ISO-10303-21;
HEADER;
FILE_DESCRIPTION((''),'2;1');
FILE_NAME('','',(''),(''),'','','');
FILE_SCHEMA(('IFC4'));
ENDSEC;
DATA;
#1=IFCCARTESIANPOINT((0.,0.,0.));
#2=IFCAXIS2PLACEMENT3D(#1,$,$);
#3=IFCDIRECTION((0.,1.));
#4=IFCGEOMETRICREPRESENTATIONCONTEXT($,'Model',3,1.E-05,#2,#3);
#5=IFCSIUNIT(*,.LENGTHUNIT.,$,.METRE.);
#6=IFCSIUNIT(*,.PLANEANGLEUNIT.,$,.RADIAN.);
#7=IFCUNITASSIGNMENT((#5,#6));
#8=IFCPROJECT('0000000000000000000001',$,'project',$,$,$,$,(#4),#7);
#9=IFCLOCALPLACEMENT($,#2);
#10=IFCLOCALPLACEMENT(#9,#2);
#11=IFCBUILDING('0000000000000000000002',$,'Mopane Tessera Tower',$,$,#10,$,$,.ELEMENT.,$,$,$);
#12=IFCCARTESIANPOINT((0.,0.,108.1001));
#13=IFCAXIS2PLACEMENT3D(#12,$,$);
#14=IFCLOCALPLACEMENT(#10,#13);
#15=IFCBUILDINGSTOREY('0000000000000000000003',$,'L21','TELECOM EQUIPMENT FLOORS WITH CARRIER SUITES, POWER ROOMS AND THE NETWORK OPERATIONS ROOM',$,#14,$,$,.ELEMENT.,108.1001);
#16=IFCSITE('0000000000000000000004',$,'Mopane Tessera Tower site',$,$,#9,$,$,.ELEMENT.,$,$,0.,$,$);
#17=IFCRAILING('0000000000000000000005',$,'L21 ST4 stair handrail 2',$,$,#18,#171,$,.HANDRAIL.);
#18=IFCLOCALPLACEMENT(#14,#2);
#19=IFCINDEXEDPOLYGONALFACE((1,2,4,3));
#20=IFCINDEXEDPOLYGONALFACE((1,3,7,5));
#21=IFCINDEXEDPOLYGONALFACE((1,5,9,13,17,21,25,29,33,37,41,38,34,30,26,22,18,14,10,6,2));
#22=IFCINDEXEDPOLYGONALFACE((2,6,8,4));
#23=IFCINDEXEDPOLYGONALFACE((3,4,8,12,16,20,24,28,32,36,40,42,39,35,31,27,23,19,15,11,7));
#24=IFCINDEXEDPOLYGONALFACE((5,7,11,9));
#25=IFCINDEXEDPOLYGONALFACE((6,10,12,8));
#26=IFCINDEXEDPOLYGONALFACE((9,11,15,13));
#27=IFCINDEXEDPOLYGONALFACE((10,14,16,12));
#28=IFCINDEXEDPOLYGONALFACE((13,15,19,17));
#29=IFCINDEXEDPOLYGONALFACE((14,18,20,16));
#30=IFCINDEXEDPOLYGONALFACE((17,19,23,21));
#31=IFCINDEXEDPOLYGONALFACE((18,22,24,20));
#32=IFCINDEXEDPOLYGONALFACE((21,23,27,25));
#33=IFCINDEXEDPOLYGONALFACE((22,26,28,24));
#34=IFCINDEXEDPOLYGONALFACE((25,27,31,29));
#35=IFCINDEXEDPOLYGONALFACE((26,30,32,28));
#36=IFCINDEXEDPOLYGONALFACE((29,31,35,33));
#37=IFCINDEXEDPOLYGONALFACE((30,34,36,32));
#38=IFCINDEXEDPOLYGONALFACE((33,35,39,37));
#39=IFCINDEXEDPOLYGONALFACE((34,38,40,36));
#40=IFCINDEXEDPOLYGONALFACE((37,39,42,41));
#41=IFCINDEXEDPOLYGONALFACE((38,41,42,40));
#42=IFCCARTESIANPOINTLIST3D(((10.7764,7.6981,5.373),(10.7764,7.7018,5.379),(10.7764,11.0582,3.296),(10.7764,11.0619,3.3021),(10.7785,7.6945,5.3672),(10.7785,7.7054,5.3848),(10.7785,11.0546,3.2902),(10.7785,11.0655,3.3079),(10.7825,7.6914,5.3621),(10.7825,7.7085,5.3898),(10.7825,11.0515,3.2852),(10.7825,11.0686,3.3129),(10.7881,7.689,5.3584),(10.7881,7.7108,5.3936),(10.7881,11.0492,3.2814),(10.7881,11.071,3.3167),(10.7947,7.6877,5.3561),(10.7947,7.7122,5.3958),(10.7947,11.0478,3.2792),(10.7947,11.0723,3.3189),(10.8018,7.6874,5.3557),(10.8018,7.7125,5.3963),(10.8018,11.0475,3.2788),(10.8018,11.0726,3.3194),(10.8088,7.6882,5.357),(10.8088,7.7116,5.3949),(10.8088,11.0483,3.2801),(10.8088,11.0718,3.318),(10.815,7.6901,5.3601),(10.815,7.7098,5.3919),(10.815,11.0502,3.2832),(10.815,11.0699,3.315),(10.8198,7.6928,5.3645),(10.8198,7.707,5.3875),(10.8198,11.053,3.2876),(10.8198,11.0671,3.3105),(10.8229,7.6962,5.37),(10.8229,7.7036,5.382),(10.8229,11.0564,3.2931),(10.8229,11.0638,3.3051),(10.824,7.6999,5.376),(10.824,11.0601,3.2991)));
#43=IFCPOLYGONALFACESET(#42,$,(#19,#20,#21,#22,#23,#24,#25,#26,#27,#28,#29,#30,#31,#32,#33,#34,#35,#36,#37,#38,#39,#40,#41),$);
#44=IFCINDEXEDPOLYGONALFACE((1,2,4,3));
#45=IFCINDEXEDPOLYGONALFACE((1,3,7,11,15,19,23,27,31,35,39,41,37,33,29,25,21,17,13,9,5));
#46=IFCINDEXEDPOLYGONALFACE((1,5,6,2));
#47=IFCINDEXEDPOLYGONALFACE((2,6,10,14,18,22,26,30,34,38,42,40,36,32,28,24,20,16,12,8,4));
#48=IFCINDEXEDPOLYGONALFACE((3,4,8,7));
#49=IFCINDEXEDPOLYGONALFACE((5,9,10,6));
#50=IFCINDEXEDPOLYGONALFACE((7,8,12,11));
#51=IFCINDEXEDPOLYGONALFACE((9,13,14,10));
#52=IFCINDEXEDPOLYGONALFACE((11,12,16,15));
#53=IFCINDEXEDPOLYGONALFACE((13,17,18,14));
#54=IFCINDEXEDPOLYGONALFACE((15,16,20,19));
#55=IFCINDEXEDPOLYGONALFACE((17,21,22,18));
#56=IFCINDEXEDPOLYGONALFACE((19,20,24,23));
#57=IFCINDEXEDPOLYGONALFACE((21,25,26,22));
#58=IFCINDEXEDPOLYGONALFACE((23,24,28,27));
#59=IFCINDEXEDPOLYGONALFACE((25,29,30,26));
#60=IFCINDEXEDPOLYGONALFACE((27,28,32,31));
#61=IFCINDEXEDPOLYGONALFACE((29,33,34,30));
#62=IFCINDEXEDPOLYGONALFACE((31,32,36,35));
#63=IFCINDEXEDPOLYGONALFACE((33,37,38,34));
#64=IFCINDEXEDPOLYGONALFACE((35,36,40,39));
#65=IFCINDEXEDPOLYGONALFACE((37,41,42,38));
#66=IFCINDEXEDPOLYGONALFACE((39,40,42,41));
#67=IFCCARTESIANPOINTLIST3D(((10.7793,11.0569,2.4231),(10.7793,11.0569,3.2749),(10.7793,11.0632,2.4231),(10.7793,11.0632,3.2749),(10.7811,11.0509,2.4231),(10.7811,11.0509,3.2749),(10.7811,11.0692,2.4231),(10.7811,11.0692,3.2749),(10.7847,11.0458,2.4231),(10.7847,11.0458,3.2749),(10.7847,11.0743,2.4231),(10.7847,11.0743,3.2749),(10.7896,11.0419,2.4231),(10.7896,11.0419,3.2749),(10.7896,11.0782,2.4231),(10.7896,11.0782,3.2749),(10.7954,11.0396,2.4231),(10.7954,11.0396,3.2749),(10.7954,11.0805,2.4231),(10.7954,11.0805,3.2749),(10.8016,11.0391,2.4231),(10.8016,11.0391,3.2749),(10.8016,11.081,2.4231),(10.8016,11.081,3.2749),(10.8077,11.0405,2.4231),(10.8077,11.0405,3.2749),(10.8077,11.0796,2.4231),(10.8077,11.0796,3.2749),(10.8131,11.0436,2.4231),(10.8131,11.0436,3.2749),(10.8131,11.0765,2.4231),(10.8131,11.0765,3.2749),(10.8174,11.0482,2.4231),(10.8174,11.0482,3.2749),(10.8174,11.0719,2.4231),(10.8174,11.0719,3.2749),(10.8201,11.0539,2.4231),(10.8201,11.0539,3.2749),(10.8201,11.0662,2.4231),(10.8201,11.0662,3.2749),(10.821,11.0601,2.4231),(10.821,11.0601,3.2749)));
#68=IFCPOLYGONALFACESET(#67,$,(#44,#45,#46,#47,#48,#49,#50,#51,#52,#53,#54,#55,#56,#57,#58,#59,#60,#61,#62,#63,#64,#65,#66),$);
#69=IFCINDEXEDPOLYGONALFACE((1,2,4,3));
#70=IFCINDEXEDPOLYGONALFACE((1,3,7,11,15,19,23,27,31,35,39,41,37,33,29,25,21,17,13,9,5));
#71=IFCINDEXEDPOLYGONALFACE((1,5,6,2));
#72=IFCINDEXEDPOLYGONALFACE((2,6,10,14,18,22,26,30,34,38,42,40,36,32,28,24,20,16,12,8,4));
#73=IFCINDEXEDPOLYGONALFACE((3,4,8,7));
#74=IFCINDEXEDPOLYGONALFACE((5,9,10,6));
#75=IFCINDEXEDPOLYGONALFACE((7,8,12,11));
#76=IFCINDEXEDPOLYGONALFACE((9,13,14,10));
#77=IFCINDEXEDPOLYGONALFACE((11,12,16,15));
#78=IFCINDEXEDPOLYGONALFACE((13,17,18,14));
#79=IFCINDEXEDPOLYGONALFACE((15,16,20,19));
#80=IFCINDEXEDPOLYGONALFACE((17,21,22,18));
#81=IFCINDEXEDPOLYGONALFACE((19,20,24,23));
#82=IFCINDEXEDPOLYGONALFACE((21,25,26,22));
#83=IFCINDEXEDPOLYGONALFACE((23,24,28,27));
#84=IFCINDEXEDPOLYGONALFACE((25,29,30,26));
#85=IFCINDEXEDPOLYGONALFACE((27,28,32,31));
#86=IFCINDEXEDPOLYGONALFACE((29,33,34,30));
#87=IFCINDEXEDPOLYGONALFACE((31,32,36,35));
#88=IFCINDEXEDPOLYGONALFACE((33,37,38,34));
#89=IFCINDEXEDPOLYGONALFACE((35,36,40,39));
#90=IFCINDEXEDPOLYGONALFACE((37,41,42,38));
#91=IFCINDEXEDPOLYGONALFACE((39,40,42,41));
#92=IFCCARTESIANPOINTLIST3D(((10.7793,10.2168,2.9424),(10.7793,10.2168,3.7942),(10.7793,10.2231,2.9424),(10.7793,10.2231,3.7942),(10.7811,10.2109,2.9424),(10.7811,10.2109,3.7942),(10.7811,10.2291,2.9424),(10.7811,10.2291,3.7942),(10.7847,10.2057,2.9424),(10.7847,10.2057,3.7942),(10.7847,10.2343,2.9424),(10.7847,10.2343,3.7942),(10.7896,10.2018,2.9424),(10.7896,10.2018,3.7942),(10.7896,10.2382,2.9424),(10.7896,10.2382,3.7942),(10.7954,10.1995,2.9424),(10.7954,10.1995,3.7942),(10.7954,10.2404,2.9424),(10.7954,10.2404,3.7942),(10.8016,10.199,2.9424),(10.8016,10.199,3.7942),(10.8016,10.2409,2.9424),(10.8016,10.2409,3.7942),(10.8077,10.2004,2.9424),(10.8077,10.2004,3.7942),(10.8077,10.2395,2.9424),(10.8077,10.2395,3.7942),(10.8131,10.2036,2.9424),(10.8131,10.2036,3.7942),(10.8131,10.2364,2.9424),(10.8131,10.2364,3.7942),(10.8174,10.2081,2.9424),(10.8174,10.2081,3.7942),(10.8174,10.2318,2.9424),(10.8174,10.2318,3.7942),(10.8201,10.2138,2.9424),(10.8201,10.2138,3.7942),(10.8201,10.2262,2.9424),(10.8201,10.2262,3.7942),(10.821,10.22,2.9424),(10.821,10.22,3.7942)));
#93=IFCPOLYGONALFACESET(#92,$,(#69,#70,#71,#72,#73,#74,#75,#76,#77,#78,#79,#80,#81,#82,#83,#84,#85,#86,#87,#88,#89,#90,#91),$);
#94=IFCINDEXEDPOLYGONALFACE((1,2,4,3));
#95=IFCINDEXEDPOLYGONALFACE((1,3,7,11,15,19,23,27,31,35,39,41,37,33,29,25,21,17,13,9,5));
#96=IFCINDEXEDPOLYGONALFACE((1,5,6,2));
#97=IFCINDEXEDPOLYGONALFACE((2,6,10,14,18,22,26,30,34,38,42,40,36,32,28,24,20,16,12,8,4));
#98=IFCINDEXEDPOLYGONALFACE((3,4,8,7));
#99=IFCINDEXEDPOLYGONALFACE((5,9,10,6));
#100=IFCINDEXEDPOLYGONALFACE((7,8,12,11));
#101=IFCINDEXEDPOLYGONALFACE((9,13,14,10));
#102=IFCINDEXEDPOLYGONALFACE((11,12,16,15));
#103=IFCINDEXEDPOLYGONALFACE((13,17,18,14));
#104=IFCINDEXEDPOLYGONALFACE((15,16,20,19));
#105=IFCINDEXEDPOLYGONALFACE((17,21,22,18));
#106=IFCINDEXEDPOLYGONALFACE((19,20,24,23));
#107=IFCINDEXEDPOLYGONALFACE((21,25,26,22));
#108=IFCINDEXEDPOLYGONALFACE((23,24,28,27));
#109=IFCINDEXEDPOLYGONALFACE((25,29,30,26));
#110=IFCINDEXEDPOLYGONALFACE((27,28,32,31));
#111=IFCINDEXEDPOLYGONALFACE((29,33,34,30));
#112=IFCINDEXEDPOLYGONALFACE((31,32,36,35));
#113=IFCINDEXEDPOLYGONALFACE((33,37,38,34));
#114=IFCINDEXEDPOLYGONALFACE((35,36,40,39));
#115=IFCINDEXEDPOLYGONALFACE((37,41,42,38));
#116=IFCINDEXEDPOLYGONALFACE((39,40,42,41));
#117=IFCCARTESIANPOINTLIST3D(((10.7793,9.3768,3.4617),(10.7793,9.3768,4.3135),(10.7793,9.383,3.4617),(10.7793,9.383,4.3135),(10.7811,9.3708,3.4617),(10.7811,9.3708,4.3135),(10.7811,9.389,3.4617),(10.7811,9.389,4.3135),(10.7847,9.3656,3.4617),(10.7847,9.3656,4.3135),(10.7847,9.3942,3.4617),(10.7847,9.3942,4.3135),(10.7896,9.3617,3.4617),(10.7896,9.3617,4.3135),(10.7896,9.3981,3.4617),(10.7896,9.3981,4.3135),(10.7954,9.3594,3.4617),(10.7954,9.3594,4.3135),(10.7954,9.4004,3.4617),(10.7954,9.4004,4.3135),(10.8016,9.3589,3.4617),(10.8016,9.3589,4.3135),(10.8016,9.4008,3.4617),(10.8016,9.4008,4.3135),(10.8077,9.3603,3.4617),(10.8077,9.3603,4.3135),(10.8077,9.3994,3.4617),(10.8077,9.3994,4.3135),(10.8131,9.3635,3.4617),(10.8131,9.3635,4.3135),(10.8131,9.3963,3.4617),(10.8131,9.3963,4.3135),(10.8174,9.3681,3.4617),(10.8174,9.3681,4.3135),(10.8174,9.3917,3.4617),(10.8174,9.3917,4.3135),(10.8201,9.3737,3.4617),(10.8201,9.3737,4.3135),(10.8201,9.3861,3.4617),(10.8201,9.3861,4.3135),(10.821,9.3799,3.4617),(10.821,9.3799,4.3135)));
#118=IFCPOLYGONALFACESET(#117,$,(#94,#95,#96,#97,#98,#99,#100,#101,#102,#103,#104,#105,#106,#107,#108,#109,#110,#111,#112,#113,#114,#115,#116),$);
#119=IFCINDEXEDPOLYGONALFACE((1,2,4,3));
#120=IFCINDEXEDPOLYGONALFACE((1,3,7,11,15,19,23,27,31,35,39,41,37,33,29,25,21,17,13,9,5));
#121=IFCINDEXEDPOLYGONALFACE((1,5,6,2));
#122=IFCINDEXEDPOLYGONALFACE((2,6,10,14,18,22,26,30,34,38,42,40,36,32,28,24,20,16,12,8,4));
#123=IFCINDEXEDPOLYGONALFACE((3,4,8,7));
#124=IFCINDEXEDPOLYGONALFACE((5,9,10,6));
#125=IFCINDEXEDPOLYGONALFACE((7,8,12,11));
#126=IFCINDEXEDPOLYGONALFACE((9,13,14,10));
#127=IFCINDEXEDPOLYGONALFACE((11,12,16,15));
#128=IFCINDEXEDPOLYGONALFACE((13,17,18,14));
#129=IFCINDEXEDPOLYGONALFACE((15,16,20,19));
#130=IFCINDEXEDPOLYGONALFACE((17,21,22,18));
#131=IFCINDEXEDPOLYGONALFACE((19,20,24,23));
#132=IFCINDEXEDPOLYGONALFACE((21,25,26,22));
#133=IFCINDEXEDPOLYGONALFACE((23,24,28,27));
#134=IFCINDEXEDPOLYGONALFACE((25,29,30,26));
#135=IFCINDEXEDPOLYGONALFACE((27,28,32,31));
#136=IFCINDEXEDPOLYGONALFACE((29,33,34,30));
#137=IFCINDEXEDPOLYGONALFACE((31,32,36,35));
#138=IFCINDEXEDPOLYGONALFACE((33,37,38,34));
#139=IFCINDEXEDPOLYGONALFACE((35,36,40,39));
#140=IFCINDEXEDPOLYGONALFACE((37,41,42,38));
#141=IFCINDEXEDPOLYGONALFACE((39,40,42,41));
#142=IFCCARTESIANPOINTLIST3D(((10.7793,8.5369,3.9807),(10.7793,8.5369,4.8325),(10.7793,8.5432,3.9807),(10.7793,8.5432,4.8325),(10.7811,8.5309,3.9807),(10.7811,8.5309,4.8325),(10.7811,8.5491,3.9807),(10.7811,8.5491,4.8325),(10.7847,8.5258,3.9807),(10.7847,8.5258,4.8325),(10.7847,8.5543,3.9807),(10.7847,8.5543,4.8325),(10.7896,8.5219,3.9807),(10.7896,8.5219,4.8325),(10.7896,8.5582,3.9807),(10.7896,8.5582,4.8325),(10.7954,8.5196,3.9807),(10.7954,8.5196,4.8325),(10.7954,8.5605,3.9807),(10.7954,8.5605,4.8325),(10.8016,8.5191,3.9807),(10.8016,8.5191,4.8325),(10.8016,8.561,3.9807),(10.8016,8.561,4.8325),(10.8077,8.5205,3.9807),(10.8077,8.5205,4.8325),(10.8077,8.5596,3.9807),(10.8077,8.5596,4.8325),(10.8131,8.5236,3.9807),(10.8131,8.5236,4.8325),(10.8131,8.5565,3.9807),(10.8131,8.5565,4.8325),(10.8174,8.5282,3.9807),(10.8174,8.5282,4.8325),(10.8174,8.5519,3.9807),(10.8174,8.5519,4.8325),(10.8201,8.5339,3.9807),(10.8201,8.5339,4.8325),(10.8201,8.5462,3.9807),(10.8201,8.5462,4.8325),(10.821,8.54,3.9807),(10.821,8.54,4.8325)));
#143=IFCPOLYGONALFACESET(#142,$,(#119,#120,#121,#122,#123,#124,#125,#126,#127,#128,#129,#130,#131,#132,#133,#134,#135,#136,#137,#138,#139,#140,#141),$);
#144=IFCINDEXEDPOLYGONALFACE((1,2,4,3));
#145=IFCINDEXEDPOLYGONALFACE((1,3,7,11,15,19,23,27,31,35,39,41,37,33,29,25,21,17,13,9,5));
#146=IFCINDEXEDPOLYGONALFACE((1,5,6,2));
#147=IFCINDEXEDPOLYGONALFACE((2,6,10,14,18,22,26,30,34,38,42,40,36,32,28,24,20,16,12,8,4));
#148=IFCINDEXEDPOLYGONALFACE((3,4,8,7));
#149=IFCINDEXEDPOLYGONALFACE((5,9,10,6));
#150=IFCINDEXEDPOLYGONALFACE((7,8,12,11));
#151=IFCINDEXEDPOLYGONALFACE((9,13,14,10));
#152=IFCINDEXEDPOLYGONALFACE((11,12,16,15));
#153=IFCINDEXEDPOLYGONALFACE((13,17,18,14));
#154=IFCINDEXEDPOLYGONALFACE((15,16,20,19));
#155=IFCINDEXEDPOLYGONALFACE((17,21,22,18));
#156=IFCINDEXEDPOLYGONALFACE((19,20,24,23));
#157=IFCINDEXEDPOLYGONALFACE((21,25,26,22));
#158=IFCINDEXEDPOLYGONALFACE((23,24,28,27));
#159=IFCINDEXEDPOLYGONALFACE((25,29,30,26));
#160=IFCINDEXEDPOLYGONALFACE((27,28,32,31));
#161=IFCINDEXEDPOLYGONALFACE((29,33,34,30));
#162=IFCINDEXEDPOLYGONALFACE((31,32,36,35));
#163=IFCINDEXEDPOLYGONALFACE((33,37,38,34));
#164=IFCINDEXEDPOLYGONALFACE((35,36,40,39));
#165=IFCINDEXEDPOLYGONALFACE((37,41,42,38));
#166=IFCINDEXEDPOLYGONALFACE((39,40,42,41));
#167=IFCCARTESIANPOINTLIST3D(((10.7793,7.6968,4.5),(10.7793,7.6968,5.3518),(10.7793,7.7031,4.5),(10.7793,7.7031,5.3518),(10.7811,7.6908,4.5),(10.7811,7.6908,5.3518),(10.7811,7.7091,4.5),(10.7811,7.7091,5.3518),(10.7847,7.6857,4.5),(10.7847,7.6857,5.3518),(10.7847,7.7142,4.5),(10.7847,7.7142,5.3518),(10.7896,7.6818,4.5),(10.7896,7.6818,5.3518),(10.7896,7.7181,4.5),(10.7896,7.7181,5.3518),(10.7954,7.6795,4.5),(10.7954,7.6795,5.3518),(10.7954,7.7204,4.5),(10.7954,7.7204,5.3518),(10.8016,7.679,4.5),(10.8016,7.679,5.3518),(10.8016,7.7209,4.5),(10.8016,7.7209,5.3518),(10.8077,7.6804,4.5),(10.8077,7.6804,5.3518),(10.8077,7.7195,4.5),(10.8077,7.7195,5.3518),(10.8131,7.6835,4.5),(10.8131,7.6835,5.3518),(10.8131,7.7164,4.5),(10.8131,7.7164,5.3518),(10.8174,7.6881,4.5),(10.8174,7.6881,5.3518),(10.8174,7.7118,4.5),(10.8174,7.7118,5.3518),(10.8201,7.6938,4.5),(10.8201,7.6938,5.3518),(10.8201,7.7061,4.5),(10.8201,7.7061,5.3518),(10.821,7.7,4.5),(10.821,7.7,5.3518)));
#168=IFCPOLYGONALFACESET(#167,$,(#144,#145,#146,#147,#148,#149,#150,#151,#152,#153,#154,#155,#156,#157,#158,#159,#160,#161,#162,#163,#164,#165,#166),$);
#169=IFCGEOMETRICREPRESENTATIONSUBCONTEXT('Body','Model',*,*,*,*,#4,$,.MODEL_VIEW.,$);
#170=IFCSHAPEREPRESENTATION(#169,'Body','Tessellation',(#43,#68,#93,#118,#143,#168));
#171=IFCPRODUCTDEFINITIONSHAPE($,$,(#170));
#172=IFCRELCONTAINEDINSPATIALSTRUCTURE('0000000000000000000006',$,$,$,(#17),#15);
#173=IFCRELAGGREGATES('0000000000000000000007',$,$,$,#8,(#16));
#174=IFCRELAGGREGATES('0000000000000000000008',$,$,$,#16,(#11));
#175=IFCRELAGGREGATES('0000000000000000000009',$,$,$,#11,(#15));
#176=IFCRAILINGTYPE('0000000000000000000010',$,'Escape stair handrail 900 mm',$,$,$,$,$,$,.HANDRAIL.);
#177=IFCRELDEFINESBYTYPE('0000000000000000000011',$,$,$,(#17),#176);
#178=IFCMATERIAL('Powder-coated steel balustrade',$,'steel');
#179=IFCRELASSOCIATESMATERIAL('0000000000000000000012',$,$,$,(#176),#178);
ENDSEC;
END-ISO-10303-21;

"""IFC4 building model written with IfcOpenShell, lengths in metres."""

from ifc_helpers import new_model, si_unit, direction, frame, origin, origin_2d, place, context, subcontext, project, spatial, circle, extrude, material, type_object, element, save


model = new_model("IFC4")

# Units and contexts
model_context = context("Model", 3, precision=1e-05, world=origin(), true_north=direction((0.0, 1.0)))
body_context = subcontext(model_context, "Body", "Model", "MODEL_VIEW")
ifc_project = project(units=[si_unit("LENGTHUNIT", "METRE"), si_unit("PLANEANGLEUNIT", "RADIAN")], contexts=[model_context])

# Site, building, storey
site_placement = place(None, origin())
site = spatial("IfcSite", under=ifc_project, at=site_placement, Name="Mopane Tessera Tower site", CompositionType="ELEMENT", RefElevation=0.0)
building_placement = place(site_placement, origin())
building = spatial("IfcBuilding", under=site, at=building_placement, Name="Mopane Tessera Tower", CompositionType="ELEMENT")
storey_placement = place(building_placement, frame((0.0, 0.0, 108.1001)))
storey = spatial("IfcBuildingStorey", under=building, at=storey_placement, Name="L21", Description="TELECOM EQUIPMENT FLOORS WITH CARRIER SUITES, POWER ROOMS AND THE NETWORK OPERATIONS ROOM", CompositionType="ELEMENT", Elevation=108.1001)

# Railing
ifc_material_1 = material(Name="Powder-coated steel balustrade", Category="steel")
railing_type_1 = type_object("IfcRailingType", Name="Escape stair handrail 900 mm", PredefinedType="HANDRAIL", material=ifc_material_1)
railing_1_placement = place(storey_placement, frame((10.8, 11.0601, 2.4231)))
element("IfcRailing", 1, at=railing_1_placement, inside=storey, type_object=railing_type_1, Name="L21 ST4 stair handrail 2", PredefinedType="HANDRAIL", context=body_context, shape_type="SweptSolid", body=[
    extrude(circle(Radius=0.0239, at=origin_2d()), frame((0.0, 0.0, 0.876), z_axis=(0.0, -0.850623, 0.525776), x_axis=(1.0, 0.0, 0.0)), (0.0, 0.0, 1.0), 3.9502),
    extrude(circle(Radius=0.021, at=origin_2d()), origin(), (0.0, 0.0, 1.0), 0.8518),
    extrude(circle(Radius=0.021, at=origin_2d()), frame((0.0, -0.8401, 0.5193)), (0.0, 0.0, 1.0), 0.8518),
    extrude(circle(Radius=0.021, at=origin_2d()), frame((0.0, -1.6802, 1.0386)), (0.0, 0.0, 1.0), 0.8518),
    extrude(circle(Radius=0.021, at=origin_2d()), frame((0.0, -2.52, 1.5576)), (0.0, 0.0, 1.0), 0.8518),
    extrude(circle(Radius=0.021, at=origin_2d()), frame((0.0, -3.3601, 2.0769)), (0.0, 0.0, 1.0), 0.8518),
])

save(model, "model.ifc")
